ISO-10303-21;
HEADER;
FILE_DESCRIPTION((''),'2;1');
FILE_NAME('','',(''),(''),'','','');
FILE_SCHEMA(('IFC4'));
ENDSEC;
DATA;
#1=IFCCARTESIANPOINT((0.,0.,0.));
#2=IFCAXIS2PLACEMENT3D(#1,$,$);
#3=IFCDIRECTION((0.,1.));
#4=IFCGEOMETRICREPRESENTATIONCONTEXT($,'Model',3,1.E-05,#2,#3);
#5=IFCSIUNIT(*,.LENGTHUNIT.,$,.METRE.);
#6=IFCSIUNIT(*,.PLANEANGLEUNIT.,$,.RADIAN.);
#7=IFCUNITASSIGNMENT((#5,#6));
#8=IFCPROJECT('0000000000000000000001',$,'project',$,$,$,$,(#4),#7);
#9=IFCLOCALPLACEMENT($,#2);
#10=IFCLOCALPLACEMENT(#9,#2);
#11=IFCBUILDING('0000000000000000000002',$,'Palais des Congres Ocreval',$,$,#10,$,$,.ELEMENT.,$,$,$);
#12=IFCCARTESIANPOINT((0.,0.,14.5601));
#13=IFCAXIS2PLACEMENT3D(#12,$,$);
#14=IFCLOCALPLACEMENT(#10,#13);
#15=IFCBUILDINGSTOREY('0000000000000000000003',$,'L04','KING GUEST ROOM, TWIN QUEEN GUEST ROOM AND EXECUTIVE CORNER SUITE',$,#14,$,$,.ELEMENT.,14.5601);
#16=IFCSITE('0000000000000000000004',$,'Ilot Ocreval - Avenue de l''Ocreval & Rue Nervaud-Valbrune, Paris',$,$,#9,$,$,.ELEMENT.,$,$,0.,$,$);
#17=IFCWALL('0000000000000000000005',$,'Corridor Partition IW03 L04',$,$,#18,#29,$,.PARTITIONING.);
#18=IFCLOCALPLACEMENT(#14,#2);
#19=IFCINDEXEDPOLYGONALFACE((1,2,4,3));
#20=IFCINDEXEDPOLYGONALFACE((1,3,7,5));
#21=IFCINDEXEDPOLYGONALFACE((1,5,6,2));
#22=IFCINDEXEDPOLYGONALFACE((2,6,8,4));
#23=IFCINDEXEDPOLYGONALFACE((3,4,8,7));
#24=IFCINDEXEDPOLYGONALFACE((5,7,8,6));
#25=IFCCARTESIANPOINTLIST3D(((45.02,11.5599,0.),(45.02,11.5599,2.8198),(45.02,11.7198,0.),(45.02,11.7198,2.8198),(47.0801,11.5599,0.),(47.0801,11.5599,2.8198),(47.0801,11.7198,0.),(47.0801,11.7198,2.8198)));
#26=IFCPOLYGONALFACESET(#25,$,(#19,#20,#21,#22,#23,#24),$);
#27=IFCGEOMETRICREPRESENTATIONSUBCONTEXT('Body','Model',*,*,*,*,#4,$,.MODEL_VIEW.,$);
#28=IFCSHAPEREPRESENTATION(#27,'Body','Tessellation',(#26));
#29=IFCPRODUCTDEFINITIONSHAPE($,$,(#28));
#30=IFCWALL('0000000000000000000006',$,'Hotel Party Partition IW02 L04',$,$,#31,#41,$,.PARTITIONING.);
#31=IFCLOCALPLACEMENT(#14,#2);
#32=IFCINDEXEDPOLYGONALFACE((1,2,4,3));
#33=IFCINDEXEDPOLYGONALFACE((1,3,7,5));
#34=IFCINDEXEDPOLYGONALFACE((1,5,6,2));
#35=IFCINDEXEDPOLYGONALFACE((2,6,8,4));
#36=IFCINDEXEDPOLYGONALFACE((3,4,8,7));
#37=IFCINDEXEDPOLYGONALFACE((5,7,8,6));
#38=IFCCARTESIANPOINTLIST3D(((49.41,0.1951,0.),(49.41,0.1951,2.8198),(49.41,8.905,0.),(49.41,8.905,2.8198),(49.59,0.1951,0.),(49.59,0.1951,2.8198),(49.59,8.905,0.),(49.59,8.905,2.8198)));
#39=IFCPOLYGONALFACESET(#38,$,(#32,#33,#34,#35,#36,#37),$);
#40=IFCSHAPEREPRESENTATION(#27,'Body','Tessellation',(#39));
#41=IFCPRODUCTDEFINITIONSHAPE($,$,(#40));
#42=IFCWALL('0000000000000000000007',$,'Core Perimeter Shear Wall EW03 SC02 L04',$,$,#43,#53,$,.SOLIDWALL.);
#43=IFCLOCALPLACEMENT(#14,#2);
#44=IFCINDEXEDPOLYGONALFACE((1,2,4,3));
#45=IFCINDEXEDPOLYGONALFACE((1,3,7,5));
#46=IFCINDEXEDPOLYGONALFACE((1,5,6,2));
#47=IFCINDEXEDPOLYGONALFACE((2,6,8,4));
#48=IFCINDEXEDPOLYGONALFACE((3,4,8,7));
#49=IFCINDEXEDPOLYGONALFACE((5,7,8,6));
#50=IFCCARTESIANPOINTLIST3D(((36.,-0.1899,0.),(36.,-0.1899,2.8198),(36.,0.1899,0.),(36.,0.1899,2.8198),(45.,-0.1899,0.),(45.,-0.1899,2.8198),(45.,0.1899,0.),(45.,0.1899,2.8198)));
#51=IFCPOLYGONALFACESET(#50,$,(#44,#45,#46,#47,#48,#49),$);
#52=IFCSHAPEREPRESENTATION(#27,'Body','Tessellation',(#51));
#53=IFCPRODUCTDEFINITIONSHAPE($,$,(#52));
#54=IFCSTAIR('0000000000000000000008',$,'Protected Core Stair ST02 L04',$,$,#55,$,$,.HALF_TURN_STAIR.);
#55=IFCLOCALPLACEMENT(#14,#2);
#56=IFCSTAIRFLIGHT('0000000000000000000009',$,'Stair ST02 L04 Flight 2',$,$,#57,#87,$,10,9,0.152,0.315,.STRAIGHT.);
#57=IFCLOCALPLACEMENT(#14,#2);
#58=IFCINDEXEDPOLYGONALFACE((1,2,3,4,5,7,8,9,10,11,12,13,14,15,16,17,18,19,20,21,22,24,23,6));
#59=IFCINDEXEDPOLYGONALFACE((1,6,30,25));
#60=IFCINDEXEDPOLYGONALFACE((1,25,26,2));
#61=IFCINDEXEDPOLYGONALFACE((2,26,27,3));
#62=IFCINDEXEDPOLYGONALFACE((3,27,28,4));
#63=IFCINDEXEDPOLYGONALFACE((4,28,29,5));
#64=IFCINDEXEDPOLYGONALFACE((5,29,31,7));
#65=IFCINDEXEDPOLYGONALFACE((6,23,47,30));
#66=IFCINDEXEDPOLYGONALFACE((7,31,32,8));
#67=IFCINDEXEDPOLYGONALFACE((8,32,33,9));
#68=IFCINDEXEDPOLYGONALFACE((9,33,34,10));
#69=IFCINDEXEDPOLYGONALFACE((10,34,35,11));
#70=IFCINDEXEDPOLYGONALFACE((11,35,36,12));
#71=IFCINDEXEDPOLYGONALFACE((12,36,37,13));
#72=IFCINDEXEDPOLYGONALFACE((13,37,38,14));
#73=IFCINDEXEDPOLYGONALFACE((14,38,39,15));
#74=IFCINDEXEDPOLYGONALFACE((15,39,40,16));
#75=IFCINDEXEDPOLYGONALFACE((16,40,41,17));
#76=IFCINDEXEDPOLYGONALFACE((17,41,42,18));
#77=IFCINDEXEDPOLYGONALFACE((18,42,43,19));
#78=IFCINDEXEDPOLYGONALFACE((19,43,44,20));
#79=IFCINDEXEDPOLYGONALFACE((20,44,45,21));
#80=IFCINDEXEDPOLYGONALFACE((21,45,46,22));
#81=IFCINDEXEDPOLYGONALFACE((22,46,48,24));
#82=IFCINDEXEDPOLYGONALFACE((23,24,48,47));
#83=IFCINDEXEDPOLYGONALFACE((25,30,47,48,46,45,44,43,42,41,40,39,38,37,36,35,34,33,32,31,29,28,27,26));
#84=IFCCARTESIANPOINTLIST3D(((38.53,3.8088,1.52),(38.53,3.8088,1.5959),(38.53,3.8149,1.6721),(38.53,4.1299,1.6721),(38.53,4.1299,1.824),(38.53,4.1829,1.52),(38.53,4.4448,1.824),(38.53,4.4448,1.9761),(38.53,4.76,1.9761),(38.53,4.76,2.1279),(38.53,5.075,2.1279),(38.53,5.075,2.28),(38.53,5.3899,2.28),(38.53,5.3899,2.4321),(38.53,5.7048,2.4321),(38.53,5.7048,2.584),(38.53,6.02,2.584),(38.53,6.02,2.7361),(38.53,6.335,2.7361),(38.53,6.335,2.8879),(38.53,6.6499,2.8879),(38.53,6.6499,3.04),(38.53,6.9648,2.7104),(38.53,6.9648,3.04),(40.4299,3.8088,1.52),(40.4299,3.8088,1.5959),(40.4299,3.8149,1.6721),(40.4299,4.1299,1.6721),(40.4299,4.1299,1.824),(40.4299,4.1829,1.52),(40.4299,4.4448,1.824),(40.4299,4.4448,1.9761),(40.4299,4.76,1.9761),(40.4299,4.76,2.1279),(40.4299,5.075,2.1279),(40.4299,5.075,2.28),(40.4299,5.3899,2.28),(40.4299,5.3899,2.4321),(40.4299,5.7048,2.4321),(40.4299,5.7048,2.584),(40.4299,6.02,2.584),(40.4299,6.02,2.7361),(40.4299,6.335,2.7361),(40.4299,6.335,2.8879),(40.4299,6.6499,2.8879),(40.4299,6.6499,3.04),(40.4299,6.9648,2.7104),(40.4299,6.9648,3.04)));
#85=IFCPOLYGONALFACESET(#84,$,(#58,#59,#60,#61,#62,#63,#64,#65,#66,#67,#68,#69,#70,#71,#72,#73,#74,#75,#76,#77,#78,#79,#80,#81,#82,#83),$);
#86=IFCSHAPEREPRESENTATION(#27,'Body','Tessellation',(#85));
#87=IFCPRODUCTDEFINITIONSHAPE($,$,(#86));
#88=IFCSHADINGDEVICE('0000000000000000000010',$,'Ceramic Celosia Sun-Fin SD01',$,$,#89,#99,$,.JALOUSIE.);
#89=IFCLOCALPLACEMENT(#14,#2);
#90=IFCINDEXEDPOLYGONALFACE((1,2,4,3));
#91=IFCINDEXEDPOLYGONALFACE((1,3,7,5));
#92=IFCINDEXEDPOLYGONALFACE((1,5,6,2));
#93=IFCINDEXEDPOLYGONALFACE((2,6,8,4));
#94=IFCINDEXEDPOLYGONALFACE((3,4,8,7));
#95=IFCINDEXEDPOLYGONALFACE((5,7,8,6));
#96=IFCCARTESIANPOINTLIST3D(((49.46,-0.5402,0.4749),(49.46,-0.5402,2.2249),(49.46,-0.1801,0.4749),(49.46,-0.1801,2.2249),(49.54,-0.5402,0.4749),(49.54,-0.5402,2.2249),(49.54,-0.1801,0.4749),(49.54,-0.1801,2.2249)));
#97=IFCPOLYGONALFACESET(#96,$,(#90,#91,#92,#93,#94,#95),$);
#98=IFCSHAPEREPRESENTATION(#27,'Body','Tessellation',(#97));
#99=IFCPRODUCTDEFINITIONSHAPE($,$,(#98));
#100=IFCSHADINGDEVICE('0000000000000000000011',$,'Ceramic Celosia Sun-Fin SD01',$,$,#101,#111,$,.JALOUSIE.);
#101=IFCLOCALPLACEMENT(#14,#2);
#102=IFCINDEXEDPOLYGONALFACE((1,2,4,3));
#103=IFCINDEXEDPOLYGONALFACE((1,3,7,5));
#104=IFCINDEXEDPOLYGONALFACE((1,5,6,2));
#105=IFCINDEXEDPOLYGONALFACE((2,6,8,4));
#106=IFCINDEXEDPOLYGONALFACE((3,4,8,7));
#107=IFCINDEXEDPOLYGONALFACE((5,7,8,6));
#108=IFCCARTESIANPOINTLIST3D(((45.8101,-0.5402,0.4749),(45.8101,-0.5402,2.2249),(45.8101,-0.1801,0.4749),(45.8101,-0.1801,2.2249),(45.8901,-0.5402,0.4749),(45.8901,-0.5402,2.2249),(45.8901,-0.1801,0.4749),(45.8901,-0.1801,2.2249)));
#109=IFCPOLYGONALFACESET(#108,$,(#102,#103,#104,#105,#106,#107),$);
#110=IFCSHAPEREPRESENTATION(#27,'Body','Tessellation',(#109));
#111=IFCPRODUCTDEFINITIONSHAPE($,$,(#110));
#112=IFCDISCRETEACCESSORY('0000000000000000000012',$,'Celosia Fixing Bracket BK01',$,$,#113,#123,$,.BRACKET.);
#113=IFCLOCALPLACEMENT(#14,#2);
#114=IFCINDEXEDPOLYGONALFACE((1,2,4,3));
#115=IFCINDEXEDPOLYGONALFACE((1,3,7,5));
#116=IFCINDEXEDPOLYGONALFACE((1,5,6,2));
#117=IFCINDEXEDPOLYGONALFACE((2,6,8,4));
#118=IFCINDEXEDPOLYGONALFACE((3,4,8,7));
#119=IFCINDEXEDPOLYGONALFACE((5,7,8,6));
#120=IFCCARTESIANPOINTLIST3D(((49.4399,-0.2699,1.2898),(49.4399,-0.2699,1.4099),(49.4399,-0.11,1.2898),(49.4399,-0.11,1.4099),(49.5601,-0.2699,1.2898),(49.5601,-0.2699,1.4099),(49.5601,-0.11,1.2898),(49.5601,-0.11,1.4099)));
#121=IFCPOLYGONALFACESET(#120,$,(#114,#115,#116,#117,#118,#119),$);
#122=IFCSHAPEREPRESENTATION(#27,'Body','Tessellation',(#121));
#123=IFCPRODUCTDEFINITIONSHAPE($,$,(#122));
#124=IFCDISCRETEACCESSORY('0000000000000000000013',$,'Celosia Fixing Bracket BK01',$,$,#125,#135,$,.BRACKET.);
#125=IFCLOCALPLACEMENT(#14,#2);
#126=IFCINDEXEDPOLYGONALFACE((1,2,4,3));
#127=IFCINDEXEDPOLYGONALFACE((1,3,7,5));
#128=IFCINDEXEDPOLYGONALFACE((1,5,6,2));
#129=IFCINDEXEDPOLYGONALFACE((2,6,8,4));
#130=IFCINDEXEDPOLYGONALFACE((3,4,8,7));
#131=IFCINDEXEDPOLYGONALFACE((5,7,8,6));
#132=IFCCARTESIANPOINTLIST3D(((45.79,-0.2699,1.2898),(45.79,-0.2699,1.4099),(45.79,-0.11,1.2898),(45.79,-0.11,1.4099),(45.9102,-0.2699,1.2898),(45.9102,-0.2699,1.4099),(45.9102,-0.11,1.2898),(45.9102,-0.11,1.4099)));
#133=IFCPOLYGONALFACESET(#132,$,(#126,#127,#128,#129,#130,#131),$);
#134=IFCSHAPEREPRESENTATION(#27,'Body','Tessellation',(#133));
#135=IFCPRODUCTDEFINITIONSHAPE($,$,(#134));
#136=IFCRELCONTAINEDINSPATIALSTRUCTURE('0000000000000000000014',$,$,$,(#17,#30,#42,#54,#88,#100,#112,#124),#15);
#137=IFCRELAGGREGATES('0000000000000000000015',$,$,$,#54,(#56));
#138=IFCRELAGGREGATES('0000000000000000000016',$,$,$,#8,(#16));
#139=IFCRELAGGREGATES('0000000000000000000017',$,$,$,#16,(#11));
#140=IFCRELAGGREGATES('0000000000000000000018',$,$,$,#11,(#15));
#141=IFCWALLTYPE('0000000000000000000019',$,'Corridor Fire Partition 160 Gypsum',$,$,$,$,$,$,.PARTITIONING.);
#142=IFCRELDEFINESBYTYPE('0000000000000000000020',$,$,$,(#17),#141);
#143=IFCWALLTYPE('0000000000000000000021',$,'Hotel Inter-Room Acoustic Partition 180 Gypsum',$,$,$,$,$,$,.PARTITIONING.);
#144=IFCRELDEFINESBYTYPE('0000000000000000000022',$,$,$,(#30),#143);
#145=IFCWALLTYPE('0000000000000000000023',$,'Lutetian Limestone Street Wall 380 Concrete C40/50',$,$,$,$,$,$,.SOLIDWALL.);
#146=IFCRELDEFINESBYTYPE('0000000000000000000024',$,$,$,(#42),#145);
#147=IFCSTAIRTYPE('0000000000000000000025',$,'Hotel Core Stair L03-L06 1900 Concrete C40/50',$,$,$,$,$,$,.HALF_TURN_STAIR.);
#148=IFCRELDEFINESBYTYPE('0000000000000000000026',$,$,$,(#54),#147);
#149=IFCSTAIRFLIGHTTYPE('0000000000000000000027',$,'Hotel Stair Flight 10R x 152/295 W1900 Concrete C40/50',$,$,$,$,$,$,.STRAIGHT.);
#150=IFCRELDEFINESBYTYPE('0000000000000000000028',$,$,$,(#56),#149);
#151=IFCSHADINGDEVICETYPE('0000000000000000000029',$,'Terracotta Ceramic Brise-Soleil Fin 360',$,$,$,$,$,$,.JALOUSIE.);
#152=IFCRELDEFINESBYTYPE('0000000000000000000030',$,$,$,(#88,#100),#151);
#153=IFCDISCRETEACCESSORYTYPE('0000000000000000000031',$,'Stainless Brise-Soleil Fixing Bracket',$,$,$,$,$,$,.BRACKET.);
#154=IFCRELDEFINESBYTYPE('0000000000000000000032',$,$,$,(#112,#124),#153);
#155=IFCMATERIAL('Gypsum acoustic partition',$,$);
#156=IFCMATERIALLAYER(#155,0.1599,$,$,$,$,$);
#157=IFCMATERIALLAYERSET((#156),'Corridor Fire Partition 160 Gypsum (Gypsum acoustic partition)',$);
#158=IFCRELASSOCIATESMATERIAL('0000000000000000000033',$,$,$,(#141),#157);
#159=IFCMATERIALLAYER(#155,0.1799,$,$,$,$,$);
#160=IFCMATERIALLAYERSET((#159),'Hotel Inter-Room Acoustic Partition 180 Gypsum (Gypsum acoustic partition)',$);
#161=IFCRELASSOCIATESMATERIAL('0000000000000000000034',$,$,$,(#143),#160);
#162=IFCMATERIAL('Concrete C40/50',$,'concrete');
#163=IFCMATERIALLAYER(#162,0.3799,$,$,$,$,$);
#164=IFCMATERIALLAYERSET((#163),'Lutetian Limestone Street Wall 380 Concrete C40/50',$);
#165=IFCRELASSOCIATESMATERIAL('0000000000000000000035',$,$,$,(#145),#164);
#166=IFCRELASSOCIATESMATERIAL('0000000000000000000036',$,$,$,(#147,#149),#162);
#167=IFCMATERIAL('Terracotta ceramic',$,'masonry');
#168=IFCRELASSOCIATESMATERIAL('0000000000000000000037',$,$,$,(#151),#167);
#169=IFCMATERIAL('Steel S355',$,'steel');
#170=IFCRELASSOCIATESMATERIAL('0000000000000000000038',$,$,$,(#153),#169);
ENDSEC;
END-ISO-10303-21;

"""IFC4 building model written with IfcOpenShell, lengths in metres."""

from ifc_helpers import new_model, si_unit, direction, frame, frame_2d, origin, origin_2d, place, context, subcontext, project, spatial, polyline, rectangle, outline, extrude, material, layer, layer_set, type_object, element, aggregate, save


model = new_model("IFC4")

# Units and contexts
model_context = context("Model", 3, precision=1e-05, world=origin(), true_north=direction((0.0, 1.0)))
body_context = subcontext(model_context, "Body", "Model", "MODEL_VIEW")
ifc_project = project(units=[si_unit("LENGTHUNIT", "METRE"), si_unit("PLANEANGLEUNIT", "RADIAN")], contexts=[model_context])

# Site, building, storey
site_placement = place(None, origin())
site = spatial("IfcSite", under=ifc_project, at=site_placement, Name="Ilot Ocreval - Avenue de l'Ocreval & Rue Nervaud-Valbrune, Paris", CompositionType="ELEMENT", RefElevation=0.0)
building_placement = place(site_placement, origin())
building = spatial("IfcBuilding", under=site, at=building_placement, Name="Palais des Congres Ocreval", CompositionType="ELEMENT")
storey_placement = place(building_placement, frame((0.0, 0.0, 14.5601)))
storey = spatial("IfcBuildingStorey", under=building, at=storey_placement, Name="L04", Description="KING GUEST ROOM, TWIN QUEEN GUEST ROOM AND EXECUTIVE CORNER SUITE", CompositionType="ELEMENT", Elevation=14.5601)

# Shared definitions
ifc_material_1 = material(Name="Steel S355", Category="steel")
ifc_material_2 = material(Name="Concrete C40/50", Category="concrete")

# Wall
ifc_material_3 = material(Name="Gypsum acoustic partition")
ifc_layer_1 = layer(ifc_material_3, 0.1599)
ifc_layer_set_1 = layer_set([ifc_layer_1], Name="Corridor Fire Partition 160 Gypsum (Gypsum acoustic partition)")
wall_type_1 = type_object("IfcWallType", Name="Corridor Fire Partition 160 Gypsum", PredefinedType="PARTITIONING", material=ifc_layer_set_1)
wall_1_placement = place(storey_placement, frame((45.02, 11.6399, 0.0), z_axis=(0.0, 0.0, 1.0), x_axis=(1.0, 0.0, 0.0)))
element("IfcWall", 1, at=wall_1_placement, inside=storey, type_object=wall_type_1, Name="Corridor Partition IW03 L04", PredefinedType="PARTITIONING", context=body_context, shape_type="SweptSolid", body=[
    extrude(rectangle(XDim=2.0601, YDim=0.1599, at=frame_2d((1.03, 0.0))), origin(), (0.0, 0.0, 1.0), 2.8198),
])

# Walls
ifc_layer_2 = layer(ifc_material_3, 0.1799)
ifc_layer_set_2 = layer_set([ifc_layer_2], Name="Hotel Inter-Room Acoustic Partition 180 Gypsum (Gypsum acoustic partition)")
wall_type_2 = type_object("IfcWallType", Name="Hotel Inter-Room Acoustic Partition 180 Gypsum", PredefinedType="PARTITIONING", material=ifc_layer_set_2)
wall_2_placement = place(storey_placement, frame((49.5, 0.1951, 0.0), z_axis=(0.0, 0.0, 1.0), x_axis=(0.0, 1.0, 0.0)))
element("IfcWall", 2, at=wall_2_placement, inside=storey, type_object=wall_type_2, Name="Hotel Party Partition IW02 L04", PredefinedType="PARTITIONING", context=body_context, shape_type="SweptSolid", body=[
    extrude(rectangle(XDim=8.71, YDim=0.1799, at=frame_2d((4.355, 0.0))), origin(), (0.0, 0.0, 1.0), 2.8198),
])
ifc_layer_3 = layer(ifc_material_2, 0.3799)
ifc_layer_set_3 = layer_set([ifc_layer_3], Name="Lutetian Limestone Street Wall 380 Concrete C40/50")
wall_type_3 = type_object("IfcWallType", Name="Lutetian Limestone Street Wall 380 Concrete C40/50", PredefinedType="SOLIDWALL", material=ifc_layer_set_3)
wall_3_placement = place(storey_placement, frame((45.0, 0.0, 0.0), z_axis=(0.0, 0.0, 1.0), x_axis=(-1.0, 0.0, 0.0)))
element("IfcWall", 3, at=wall_3_placement, inside=storey, type_object=wall_type_3, Name="Core Perimeter Shear Wall EW03 SC02 L04", PredefinedType="SOLIDWALL", context=body_context, shape_type="SweptSolid", body=[
    extrude(rectangle(XDim=9.0, YDim=0.3799, at=frame_2d((4.5, 0.0))), origin(), (0.0, 0.0, 1.0), 2.8198),
])

# Stair, stair flight
stair_type = type_object("IfcStairType", Name="Hotel Core Stair L03-L06 1900 Concrete C40/50", PredefinedType="HALF_TURN_STAIR", material=ifc_material_2)
stair_placement = place(storey_placement, origin())
stair = element("IfcStair", 4, at=stair_placement, inside=storey, type_object=stair_type, Name="Protected Core Stair ST02 L04", PredefinedType="HALF_TURN_STAIR")
stair_flight_type = type_object("IfcStairFlightType", Name="Hotel Stair Flight 10R x 152/295 W1900 Concrete C40/50", PredefinedType="STRAIGHT", material=ifc_material_2)
stair_flight_placement = place(storey_placement, frame((39.48, 3.8149, 1.52), z_axis=(0.0, 0.0, 1.0), x_axis=(0.0, 1.0, 0.0)))
stair_flight = element("IfcStairFlight", 5, at=stair_flight_placement, type_object=stair_flight_type, Name="Stair ST02 L04 Flight 2", NumberOfRisers=10, NumberOfTreads=9, PredefinedType="STRAIGHT", RiserHeight=0.152, TreadLength=0.315, context=body_context, shape_type="SweptSolid", body=[
    extrude(outline(polyline([(-0.0061, 0.0), (-0.0061, 0.0759), (0.0, 0.1521), (0.3149, 0.1521), (0.3149, 0.304), (0.6299, 0.304), (0.6299, 0.4561), (0.9451, 0.4561), (0.9451, 0.6079), (1.26, 0.6079), (1.26, 0.76), (1.575, 0.76), (1.575, 0.9121), (1.8899, 0.9121), (1.8899, 1.064), (2.2051, 1.064), (2.2051, 1.2161), (2.52, 1.2161), (2.52, 1.3679), (2.835, 1.3679), (2.835, 1.52), (3.1499, 1.52), (3.1499, 1.1904), (0.3679, 0.0), (-0.0061, 0.0)])), frame((0.0, 0.95, 0.0), z_axis=(0.0, -1.0, 0.0), x_axis=(1.0, 0.0, 0.0)), (0.0, 0.0, 1.0), 1.8999),
])
aggregate(stair, [stair_flight])

# Shading devices
ifc_material_4 = material(Name="Terracotta ceramic", Category="masonry")
shading_device_type = type_object("IfcShadingDeviceType", Name="Terracotta Ceramic Brise-Soleil Fin 360", PredefinedType="JALOUSIE", material=ifc_material_4)
for number, where, z_axis, x_axis, name in (
    (6, (49.5, -0.3601, 0.4749), (0.0, 0.0, 1.0), (0.0, -1.0, 0.0), "Ceramic Celosia Sun-Fin SD01"),
    (7, (45.8501, -0.3601, 0.4749), (0.0, 0.0, 1.0), (0.0, -1.0, 0.0), "Ceramic Celosia Sun-Fin SD01"),
):
    element("IfcShadingDevice", number, at=place(storey_placement, frame(where, z_axis=z_axis, x_axis=x_axis)), inside=storey, type_object=shading_device_type, Name=name, PredefinedType="JALOUSIE", context=body_context, shape_type="SweptSolid", body=[
        extrude(rectangle(XDim=0.3601, YDim=0.0801, at=origin_2d()), origin(), (0.0, 0.0, 1.0), 1.75),
    ])

# Discrete accessories
discrete_accessory_type = type_object("IfcDiscreteAccessoryType", Name="Stainless Brise-Soleil Fixing Bracket", PredefinedType="BRACKET", material=ifc_material_1)
for number, where, z_axis, x_axis, name in (
    (8, (49.5, -0.1899, 1.2898), (0.0, 0.0, 1.0), (0.0, -1.0, 0.0), "Celosia Fixing Bracket BK01"),
    (9, (45.8501, -0.1899, 1.2898), (0.0, 0.0, 1.0), (0.0, -1.0, 0.0), "Celosia Fixing Bracket BK01"),
):
    element("IfcDiscreteAccessory", number, at=place(storey_placement, frame(where, z_axis=z_axis, x_axis=x_axis)), inside=storey, type_object=discrete_accessory_type, Name=name, PredefinedType="BRACKET", context=body_context, shape_type="SweptSolid", body=[
        extrude(rectangle(XDim=0.1599, YDim=0.1201, at=origin_2d()), origin(), (0.0, 0.0, 1.0), 0.1201),
    ])

save(model, "model.ifc")
